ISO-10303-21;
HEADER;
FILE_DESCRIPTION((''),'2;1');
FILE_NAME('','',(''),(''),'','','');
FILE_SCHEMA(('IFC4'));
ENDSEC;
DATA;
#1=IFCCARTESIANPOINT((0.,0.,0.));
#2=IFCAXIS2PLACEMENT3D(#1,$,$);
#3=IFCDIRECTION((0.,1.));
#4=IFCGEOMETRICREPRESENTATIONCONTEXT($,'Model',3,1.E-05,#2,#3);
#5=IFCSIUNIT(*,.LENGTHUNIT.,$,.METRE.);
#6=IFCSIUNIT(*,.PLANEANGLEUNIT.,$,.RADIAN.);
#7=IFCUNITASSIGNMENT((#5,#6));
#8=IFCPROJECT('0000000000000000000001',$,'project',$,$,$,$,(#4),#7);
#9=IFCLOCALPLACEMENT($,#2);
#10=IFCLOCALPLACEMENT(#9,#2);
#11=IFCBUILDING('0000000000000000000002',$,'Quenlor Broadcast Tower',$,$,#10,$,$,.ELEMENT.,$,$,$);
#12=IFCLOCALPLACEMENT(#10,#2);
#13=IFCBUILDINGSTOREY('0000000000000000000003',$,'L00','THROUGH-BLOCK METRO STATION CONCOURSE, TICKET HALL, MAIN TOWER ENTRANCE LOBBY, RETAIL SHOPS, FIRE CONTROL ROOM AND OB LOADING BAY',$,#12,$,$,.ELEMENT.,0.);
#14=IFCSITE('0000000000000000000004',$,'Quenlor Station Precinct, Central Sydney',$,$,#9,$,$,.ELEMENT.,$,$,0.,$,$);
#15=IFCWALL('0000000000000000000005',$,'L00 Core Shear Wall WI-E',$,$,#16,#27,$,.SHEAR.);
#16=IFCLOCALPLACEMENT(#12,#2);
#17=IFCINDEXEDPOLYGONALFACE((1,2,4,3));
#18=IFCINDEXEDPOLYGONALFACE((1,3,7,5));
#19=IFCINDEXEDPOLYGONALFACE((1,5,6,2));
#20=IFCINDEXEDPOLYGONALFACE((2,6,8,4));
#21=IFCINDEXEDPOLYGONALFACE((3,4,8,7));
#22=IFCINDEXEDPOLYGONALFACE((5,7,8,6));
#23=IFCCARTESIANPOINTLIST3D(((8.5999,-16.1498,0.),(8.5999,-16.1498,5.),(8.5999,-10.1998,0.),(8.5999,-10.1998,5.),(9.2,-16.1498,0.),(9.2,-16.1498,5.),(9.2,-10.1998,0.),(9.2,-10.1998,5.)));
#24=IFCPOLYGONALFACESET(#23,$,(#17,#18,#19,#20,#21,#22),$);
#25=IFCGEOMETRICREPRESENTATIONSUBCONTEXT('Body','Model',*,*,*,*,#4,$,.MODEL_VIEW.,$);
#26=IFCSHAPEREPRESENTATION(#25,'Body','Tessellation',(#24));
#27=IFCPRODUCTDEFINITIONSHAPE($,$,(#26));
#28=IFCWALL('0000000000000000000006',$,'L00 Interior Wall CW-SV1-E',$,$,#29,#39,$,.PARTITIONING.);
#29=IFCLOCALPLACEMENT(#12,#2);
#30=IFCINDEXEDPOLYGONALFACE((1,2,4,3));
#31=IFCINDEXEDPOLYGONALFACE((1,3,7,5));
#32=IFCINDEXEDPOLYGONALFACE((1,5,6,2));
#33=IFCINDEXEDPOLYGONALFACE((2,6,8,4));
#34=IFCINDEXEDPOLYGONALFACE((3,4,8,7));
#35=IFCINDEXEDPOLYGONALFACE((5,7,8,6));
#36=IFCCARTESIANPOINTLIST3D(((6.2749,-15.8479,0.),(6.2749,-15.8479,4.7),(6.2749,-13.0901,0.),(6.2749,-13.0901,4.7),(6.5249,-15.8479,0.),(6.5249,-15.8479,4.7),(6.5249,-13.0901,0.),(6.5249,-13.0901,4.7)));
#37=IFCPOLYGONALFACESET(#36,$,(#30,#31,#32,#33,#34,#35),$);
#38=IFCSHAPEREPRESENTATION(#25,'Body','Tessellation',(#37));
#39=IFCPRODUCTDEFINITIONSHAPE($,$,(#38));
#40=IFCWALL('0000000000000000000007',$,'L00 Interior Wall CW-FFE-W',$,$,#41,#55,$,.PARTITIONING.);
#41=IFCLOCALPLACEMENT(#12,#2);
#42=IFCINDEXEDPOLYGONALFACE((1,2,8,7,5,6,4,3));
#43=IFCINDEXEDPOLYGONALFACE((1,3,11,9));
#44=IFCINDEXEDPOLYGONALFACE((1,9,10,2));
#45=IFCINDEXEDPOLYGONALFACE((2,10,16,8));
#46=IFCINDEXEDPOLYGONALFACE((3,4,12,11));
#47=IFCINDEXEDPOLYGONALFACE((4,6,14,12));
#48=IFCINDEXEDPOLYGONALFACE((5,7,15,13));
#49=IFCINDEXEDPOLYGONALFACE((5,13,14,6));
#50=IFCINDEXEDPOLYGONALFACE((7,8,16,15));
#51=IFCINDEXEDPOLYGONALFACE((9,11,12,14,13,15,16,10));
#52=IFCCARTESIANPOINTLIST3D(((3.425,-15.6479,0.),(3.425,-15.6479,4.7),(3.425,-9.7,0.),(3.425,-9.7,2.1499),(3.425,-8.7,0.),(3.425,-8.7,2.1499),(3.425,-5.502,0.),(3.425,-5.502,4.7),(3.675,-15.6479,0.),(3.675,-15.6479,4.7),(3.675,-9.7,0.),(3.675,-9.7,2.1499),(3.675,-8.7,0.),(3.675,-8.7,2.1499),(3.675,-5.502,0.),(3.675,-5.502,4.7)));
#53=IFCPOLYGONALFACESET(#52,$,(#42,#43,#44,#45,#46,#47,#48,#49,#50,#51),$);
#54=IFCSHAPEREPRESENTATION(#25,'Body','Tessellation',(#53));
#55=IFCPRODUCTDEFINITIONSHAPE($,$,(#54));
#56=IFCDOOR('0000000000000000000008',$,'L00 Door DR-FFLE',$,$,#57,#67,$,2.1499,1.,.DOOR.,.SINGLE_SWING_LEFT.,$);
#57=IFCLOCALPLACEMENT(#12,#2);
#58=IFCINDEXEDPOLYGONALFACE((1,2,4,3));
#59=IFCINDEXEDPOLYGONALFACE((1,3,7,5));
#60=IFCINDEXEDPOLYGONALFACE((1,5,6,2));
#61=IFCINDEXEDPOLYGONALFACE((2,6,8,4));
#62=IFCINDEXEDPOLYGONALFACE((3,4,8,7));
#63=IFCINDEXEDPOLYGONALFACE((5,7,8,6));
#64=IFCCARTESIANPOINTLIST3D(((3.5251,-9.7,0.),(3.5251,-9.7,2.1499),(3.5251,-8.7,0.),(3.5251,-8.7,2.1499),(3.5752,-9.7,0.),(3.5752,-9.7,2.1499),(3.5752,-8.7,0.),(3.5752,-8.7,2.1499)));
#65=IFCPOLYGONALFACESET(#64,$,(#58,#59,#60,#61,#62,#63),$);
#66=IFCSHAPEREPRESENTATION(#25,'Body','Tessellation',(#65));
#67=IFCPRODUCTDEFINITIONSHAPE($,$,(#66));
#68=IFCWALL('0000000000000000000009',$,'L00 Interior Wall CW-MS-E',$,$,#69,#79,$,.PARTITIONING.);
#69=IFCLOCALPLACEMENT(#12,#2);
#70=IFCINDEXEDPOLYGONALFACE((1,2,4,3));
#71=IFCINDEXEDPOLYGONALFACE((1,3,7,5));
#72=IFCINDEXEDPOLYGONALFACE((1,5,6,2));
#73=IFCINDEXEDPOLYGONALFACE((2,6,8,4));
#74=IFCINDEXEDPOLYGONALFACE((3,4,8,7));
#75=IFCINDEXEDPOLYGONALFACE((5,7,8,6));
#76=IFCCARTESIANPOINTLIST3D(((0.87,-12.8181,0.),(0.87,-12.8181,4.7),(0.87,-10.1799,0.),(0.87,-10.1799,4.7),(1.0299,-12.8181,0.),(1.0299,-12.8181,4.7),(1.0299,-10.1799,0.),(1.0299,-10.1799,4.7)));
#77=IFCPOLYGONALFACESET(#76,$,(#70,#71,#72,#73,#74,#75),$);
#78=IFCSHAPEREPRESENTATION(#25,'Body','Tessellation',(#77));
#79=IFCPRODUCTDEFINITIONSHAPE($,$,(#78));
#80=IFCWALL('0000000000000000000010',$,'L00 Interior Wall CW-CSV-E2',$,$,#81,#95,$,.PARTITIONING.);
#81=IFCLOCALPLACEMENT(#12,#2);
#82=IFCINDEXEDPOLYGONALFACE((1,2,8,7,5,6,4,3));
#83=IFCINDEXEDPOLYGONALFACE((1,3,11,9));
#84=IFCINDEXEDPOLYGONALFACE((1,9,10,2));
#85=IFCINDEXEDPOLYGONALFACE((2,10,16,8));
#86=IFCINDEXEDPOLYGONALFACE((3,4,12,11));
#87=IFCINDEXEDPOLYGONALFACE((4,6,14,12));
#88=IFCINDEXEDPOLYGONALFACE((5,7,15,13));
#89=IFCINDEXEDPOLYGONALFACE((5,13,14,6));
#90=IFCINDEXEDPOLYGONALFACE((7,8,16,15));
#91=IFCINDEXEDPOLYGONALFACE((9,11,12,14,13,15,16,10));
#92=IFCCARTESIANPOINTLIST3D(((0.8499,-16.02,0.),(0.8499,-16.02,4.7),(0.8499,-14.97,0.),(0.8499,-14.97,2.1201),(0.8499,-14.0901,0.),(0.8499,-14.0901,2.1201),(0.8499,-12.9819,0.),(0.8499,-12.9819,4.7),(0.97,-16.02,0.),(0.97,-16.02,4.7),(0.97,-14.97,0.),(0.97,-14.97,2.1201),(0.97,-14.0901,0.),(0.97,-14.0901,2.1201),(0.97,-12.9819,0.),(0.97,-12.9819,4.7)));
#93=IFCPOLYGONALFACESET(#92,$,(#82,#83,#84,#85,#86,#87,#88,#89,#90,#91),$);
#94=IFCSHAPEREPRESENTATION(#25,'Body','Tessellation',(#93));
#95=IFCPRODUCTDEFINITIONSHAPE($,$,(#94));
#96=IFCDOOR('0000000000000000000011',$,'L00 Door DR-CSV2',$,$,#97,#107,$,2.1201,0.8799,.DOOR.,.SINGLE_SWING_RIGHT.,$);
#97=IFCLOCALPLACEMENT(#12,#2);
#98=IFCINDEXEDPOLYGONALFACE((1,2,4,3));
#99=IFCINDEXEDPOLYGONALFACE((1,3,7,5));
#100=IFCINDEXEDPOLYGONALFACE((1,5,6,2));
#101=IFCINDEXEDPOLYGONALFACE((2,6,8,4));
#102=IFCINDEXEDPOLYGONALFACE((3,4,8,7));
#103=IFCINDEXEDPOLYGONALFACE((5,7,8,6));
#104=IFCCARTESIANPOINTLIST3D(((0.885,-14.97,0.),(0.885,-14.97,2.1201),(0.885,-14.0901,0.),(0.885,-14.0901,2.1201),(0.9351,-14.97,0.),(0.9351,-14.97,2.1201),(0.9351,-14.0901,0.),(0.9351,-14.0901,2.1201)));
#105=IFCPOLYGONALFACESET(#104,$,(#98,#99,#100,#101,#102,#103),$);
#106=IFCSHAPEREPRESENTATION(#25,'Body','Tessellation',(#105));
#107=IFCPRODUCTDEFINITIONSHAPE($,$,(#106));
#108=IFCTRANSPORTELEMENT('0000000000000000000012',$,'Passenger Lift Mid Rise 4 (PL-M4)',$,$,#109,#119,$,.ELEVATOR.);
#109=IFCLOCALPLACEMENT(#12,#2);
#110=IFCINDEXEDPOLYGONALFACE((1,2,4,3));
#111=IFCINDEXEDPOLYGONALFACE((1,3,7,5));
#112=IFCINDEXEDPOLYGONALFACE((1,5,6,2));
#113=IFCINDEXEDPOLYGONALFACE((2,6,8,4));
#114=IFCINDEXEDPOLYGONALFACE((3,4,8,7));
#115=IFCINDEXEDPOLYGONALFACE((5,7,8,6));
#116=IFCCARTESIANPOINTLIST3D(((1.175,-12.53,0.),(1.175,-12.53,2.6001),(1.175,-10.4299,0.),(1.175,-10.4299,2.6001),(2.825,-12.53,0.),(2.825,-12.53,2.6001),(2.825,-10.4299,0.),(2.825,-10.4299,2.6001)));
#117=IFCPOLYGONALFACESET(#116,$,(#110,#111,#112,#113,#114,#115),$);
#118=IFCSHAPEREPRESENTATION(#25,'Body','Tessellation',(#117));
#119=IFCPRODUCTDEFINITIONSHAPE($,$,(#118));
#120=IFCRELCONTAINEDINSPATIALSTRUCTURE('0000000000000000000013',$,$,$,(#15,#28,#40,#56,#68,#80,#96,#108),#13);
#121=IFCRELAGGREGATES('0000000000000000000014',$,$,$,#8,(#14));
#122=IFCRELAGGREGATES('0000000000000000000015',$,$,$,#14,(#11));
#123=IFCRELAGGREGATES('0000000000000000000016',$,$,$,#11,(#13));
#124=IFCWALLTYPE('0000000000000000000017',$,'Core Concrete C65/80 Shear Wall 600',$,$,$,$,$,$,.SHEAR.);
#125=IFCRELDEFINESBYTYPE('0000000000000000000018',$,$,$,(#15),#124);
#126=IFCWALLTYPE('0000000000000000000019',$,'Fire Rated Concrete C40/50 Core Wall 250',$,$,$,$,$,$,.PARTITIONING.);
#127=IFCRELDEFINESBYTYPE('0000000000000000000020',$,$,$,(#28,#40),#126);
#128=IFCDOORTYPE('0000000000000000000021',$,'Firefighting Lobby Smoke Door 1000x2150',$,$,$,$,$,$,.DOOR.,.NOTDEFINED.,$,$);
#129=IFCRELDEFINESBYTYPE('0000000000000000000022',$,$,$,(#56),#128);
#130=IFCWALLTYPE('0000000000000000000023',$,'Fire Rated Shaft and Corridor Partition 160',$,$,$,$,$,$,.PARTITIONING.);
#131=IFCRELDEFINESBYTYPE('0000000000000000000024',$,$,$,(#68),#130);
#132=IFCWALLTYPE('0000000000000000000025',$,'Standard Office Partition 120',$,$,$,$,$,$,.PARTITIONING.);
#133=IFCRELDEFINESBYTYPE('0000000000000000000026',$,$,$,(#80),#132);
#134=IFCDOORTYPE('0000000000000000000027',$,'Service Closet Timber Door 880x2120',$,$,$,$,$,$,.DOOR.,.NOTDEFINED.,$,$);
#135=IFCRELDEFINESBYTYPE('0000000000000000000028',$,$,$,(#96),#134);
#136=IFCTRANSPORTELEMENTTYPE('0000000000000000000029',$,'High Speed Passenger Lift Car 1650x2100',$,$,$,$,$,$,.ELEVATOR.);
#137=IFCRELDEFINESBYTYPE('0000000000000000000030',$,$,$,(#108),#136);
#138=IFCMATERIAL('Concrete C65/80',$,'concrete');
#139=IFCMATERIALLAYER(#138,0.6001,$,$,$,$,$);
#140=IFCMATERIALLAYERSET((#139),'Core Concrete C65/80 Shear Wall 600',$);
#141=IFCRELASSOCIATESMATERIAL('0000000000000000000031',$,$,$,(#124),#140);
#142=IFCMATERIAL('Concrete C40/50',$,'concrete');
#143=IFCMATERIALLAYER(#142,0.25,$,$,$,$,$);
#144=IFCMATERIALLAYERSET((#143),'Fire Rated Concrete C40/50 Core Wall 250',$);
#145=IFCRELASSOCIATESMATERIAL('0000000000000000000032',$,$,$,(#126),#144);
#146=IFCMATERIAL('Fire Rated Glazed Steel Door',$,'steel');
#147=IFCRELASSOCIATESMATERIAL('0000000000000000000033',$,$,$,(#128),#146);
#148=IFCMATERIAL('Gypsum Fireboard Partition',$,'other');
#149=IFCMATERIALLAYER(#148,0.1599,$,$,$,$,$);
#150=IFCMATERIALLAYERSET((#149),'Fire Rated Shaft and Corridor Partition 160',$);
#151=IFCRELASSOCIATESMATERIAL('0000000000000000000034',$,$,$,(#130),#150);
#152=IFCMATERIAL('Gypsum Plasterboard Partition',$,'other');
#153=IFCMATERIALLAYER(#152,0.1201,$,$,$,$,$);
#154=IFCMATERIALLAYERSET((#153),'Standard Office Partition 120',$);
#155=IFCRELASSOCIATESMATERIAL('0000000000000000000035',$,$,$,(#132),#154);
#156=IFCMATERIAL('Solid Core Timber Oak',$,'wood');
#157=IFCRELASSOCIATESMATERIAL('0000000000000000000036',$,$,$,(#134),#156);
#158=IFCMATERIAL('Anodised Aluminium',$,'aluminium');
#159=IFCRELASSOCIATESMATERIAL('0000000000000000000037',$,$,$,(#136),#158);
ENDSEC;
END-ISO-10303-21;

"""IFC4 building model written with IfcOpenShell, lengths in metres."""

from ifc_helpers import new_model, si_unit, direction, frame, frame_2d, origin, origin_2d, place, context, subcontext, project, spatial, rectangle, extrude, material, layer, layer_set, type_object, element, fill, save


model = new_model("IFC4")

# Units and contexts
model_context = context("Model", 3, precision=1e-05, world=origin(), true_north=direction((0.0, 1.0)))
body_context = subcontext(model_context, "Body", "Model", "MODEL_VIEW")
ifc_project = project(units=[si_unit("LENGTHUNIT", "METRE"), si_unit("PLANEANGLEUNIT", "RADIAN")], contexts=[model_context])

# Site, building, storey
site_placement = place(None, origin())
site = spatial("IfcSite", under=ifc_project, at=site_placement, Name="Quenlor Station Precinct, Central Sydney", CompositionType="ELEMENT", RefElevation=0.0)
building_placement = place(site_placement, origin())
building = spatial("IfcBuilding", under=site, at=building_placement, Name="Quenlor Broadcast Tower", CompositionType="ELEMENT")
storey_placement = place(building_placement, origin())
storey = spatial("IfcBuildingStorey", under=building, at=storey_placement, Name="L00", Description="THROUGH-BLOCK METRO STATION CONCOURSE, TICKET HALL, MAIN TOWER ENTRANCE LOBBY, RETAIL SHOPS, FIRE CONTROL ROOM AND OB LOADING BAY", CompositionType="ELEMENT", Elevation=0.0)

# Wall
ifc_material_1 = material(Name="Concrete C65/80", Category="concrete")
ifc_layer_1 = layer(ifc_material_1, 0.6001)
ifc_layer_set_1 = layer_set([ifc_layer_1], Name="Core Concrete C65/80 Shear Wall 600")
wall_type_1 = type_object("IfcWallType", Name="Core Concrete C65/80 Shear Wall 600", PredefinedType="SHEAR", material=ifc_layer_set_1)
wall_1_placement = place(storey_placement, frame((8.8999, -16.1499, 0.0), z_axis=(0.0, 0.0, 1.0), x_axis=(0.0, 1.0, 0.0)))
element("IfcWall", 1, at=wall_1_placement, inside=storey, type_object=wall_type_1, Name="L00 Core Shear Wall WI-E", PredefinedType="SHEAR", context=body_context, shape_type="SweptSolid", body=[
    extrude(rectangle(XDim=5.95, YDim=0.6001, at=frame_2d((2.9751, 0.0))), origin(), (0.0, 0.0, 1.0), 5.0),
])

# Shared definitions
ifc_material_2 = material(Name="Concrete C40/50", Category="concrete")
ifc_layer_2 = layer(ifc_material_2, 0.25)
ifc_layer_set_2 = layer_set([ifc_layer_2], Name="Fire Rated Concrete C40/50 Core Wall 250")
wall_type_2 = type_object("IfcWallType", Name="Fire Rated Concrete C40/50 Core Wall 250", PredefinedType="PARTITIONING", material=ifc_layer_set_2)

# Wall
wall_2_placement = place(storey_placement, frame((6.3999, -15.8479, 0.0), z_axis=(0.0, 0.0, 1.0), x_axis=(0.0, 1.0, 0.0)))
element("IfcWall", 2, at=wall_2_placement, inside=storey, type_object=wall_type_2, Name="L00 Interior Wall CW-SV1-E", PredefinedType="PARTITIONING", context=body_context, shape_type="SweptSolid", body=[
    extrude(rectangle(XDim=2.7578, YDim=0.25, at=frame_2d((1.3789, 0.0))), origin(), (0.0, 0.0, 1.0), 4.7),
])

# Wall, opening, door
wall_3_placement = place(storey_placement, frame((3.55, -15.6479, 0.0), z_axis=(0.0, 0.0, 1.0), x_axis=(0.0, 1.0, 0.0)))
wall_3 = element("IfcWall", 3, at=wall_3_placement, inside=storey, type_object=wall_type_2, Name="L00 Interior Wall CW-FFE-W", PredefinedType="PARTITIONING", context=body_context, shape_type="SweptSolid", body=[
    extrude(rectangle(XDim=10.146, YDim=0.25, at=frame_2d((5.073, 0.0))), origin(), (0.0, 0.0, 1.0), 4.7),
])
opening_1_placement = place(wall_3_placement, frame((5.948, 0.0, 0.0)))
opening_1 = element("IfcOpeningElement", 4, at=opening_1_placement, cuts=wall_3, PredefinedType="OPENING", context=body_context, shape_type="SweptSolid", body=[
    extrude(rectangle(XDim=1.0, YDim=2.1499, at=frame_2d((0.5, 1.075))), frame((0.0, 0.135, 0.0), z_axis=(0.0, -1.0, 0.0), x_axis=(1.0, 0.0, 0.0)), (0.0, 0.0, 1.0), 0.27),
])
ifc_material_3 = material(Name="Fire Rated Glazed Steel Door", Category="steel")
door_type_1 = type_object("IfcDoorType", Name="Firefighting Lobby Smoke Door 1000x2150", OperationType="NOTDEFINED", PredefinedType="DOOR", material=ifc_material_3)
door_1_placement = place(opening_1_placement, origin())
door_1 = element("IfcDoor", 5, at=door_1_placement, inside=storey, type_object=door_type_1, Name="L00 Door DR-FFLE", OperationType="SINGLE_SWING_LEFT", OverallHeight=2.1499, OverallWidth=1.0, PredefinedType="DOOR", context=body_context, shape_type="SweptSolid", body=[
    extrude(rectangle(XDim=1.0, YDim=2.1499, at=frame_2d((0.5, 1.075))), frame((0.0, 0.0249, 0.0), z_axis=(0.0, -1.0, 0.0), x_axis=(1.0, 0.0, 0.0)), (0.0, 0.0, 1.0), 0.05),
])
fill(opening_1, door_1)

# Wall
ifc_material_4 = material(Name="Gypsum Fireboard Partition", Category="other")
ifc_layer_3 = layer(ifc_material_4, 0.1599)
ifc_layer_set_3 = layer_set([ifc_layer_3], Name="Fire Rated Shaft and Corridor Partition 160")
wall_type_3 = type_object("IfcWallType", Name="Fire Rated Shaft and Corridor Partition 160", PredefinedType="PARTITIONING", material=ifc_layer_set_3)
wall_4_placement = place(storey_placement, frame((0.95, -12.8181, 0.0), z_axis=(0.0, 0.0, 1.0), x_axis=(0.0, 1.0, 0.0)))
element("IfcWall", 6, at=wall_4_placement, inside=storey, type_object=wall_type_3, Name="L00 Interior Wall CW-MS-E", PredefinedType="PARTITIONING", context=body_context, shape_type="SweptSolid", body=[
    extrude(rectangle(XDim=2.6382, YDim=0.1599, at=frame_2d((1.3191, 0.0))), origin(), (0.0, 0.0, 1.0), 4.7),
])

# Wall, opening, door
ifc_material_5 = material(Name="Gypsum Plasterboard Partition", Category="other")
ifc_layer_4 = layer(ifc_material_5, 0.1201)
ifc_layer_set_4 = layer_set([ifc_layer_4], Name="Standard Office Partition 120")
wall_type_4 = type_object("IfcWallType", Name="Standard Office Partition 120", PredefinedType="PARTITIONING", material=ifc_layer_set_4)
wall_5_placement = place(storey_placement, frame((0.9099, -16.02, 0.0), z_axis=(0.0, 0.0, 1.0), x_axis=(0.0, 1.0, 0.0)))
wall_5 = element("IfcWall", 7, at=wall_5_placement, inside=storey, type_object=wall_type_4, Name="L00 Interior Wall CW-CSV-E2", PredefinedType="PARTITIONING", context=body_context, shape_type="SweptSolid", body=[
    extrude(rectangle(XDim=3.0381, YDim=0.1201, at=frame_2d((1.519, 0.0))), origin(), (0.0, 0.0, 1.0), 4.7),
])
opening_2_placement = place(wall_5_placement, frame((1.05, 0.0, 0.0)))
opening_2 = element("IfcOpeningElement", 8, at=opening_2_placement, cuts=wall_5, PredefinedType="OPENING", context=body_context, shape_type="SweptSolid", body=[
    extrude(rectangle(XDim=0.8799, YDim=2.1201, at=frame_2d((0.4399, 1.0601))), frame((0.0, 0.0701, 0.0), z_axis=(0.0, -1.0, 0.0), x_axis=(1.0, 0.0, 0.0)), (0.0, 0.0, 1.0), 0.1401),
])
ifc_material_6 = material(Name="Solid Core Timber Oak", Category="wood")
door_type_2 = type_object("IfcDoorType", Name="Service Closet Timber Door 880x2120", OperationType="NOTDEFINED", PredefinedType="DOOR", material=ifc_material_6)
door_2_placement = place(opening_2_placement, origin())
door_2 = element("IfcDoor", 9, at=door_2_placement, inside=storey, type_object=door_type_2, Name="L00 Door DR-CSV2", OperationType="SINGLE_SWING_RIGHT", OverallHeight=2.1201, OverallWidth=0.8799, PredefinedType="DOOR", context=body_context, shape_type="SweptSolid", body=[
    extrude(rectangle(XDim=0.8799, YDim=2.1201, at=frame_2d((0.4399, 1.0601))), frame((0.0, 0.0249, 0.0), z_axis=(0.0, -1.0, 0.0), x_axis=(1.0, 0.0, 0.0)), (0.0, 0.0, 1.0), 0.05),
])
fill(opening_2, door_2)

# Transport element
ifc_material_7 = material(Name="Anodised Aluminium", Category="aluminium")
transport_element_type = type_object("IfcTransportElementType", Name="High Speed Passenger Lift Car 1650x2100", PredefinedType="ELEVATOR", material=ifc_material_7)
transport_element_placement = place(storey_placement, frame((2.0, -11.48, 0.0), z_axis=(0.0, 0.0, 1.0), x_axis=(1.0, 0.0, 0.0)))
element("IfcTransportElement", 10, at=transport_element_placement, inside=storey, type_object=transport_element_type, Name="Passenger Lift Mid Rise 4 (PL-M4)", PredefinedType="ELEVATOR", context=body_context, shape_type="SweptSolid", body=[
    extrude(rectangle(XDim=1.6499, YDim=2.1001, at=origin_2d()), origin(), (0.0, 0.0, 1.0), 2.6001),
])

save(model, "model.ifc")
